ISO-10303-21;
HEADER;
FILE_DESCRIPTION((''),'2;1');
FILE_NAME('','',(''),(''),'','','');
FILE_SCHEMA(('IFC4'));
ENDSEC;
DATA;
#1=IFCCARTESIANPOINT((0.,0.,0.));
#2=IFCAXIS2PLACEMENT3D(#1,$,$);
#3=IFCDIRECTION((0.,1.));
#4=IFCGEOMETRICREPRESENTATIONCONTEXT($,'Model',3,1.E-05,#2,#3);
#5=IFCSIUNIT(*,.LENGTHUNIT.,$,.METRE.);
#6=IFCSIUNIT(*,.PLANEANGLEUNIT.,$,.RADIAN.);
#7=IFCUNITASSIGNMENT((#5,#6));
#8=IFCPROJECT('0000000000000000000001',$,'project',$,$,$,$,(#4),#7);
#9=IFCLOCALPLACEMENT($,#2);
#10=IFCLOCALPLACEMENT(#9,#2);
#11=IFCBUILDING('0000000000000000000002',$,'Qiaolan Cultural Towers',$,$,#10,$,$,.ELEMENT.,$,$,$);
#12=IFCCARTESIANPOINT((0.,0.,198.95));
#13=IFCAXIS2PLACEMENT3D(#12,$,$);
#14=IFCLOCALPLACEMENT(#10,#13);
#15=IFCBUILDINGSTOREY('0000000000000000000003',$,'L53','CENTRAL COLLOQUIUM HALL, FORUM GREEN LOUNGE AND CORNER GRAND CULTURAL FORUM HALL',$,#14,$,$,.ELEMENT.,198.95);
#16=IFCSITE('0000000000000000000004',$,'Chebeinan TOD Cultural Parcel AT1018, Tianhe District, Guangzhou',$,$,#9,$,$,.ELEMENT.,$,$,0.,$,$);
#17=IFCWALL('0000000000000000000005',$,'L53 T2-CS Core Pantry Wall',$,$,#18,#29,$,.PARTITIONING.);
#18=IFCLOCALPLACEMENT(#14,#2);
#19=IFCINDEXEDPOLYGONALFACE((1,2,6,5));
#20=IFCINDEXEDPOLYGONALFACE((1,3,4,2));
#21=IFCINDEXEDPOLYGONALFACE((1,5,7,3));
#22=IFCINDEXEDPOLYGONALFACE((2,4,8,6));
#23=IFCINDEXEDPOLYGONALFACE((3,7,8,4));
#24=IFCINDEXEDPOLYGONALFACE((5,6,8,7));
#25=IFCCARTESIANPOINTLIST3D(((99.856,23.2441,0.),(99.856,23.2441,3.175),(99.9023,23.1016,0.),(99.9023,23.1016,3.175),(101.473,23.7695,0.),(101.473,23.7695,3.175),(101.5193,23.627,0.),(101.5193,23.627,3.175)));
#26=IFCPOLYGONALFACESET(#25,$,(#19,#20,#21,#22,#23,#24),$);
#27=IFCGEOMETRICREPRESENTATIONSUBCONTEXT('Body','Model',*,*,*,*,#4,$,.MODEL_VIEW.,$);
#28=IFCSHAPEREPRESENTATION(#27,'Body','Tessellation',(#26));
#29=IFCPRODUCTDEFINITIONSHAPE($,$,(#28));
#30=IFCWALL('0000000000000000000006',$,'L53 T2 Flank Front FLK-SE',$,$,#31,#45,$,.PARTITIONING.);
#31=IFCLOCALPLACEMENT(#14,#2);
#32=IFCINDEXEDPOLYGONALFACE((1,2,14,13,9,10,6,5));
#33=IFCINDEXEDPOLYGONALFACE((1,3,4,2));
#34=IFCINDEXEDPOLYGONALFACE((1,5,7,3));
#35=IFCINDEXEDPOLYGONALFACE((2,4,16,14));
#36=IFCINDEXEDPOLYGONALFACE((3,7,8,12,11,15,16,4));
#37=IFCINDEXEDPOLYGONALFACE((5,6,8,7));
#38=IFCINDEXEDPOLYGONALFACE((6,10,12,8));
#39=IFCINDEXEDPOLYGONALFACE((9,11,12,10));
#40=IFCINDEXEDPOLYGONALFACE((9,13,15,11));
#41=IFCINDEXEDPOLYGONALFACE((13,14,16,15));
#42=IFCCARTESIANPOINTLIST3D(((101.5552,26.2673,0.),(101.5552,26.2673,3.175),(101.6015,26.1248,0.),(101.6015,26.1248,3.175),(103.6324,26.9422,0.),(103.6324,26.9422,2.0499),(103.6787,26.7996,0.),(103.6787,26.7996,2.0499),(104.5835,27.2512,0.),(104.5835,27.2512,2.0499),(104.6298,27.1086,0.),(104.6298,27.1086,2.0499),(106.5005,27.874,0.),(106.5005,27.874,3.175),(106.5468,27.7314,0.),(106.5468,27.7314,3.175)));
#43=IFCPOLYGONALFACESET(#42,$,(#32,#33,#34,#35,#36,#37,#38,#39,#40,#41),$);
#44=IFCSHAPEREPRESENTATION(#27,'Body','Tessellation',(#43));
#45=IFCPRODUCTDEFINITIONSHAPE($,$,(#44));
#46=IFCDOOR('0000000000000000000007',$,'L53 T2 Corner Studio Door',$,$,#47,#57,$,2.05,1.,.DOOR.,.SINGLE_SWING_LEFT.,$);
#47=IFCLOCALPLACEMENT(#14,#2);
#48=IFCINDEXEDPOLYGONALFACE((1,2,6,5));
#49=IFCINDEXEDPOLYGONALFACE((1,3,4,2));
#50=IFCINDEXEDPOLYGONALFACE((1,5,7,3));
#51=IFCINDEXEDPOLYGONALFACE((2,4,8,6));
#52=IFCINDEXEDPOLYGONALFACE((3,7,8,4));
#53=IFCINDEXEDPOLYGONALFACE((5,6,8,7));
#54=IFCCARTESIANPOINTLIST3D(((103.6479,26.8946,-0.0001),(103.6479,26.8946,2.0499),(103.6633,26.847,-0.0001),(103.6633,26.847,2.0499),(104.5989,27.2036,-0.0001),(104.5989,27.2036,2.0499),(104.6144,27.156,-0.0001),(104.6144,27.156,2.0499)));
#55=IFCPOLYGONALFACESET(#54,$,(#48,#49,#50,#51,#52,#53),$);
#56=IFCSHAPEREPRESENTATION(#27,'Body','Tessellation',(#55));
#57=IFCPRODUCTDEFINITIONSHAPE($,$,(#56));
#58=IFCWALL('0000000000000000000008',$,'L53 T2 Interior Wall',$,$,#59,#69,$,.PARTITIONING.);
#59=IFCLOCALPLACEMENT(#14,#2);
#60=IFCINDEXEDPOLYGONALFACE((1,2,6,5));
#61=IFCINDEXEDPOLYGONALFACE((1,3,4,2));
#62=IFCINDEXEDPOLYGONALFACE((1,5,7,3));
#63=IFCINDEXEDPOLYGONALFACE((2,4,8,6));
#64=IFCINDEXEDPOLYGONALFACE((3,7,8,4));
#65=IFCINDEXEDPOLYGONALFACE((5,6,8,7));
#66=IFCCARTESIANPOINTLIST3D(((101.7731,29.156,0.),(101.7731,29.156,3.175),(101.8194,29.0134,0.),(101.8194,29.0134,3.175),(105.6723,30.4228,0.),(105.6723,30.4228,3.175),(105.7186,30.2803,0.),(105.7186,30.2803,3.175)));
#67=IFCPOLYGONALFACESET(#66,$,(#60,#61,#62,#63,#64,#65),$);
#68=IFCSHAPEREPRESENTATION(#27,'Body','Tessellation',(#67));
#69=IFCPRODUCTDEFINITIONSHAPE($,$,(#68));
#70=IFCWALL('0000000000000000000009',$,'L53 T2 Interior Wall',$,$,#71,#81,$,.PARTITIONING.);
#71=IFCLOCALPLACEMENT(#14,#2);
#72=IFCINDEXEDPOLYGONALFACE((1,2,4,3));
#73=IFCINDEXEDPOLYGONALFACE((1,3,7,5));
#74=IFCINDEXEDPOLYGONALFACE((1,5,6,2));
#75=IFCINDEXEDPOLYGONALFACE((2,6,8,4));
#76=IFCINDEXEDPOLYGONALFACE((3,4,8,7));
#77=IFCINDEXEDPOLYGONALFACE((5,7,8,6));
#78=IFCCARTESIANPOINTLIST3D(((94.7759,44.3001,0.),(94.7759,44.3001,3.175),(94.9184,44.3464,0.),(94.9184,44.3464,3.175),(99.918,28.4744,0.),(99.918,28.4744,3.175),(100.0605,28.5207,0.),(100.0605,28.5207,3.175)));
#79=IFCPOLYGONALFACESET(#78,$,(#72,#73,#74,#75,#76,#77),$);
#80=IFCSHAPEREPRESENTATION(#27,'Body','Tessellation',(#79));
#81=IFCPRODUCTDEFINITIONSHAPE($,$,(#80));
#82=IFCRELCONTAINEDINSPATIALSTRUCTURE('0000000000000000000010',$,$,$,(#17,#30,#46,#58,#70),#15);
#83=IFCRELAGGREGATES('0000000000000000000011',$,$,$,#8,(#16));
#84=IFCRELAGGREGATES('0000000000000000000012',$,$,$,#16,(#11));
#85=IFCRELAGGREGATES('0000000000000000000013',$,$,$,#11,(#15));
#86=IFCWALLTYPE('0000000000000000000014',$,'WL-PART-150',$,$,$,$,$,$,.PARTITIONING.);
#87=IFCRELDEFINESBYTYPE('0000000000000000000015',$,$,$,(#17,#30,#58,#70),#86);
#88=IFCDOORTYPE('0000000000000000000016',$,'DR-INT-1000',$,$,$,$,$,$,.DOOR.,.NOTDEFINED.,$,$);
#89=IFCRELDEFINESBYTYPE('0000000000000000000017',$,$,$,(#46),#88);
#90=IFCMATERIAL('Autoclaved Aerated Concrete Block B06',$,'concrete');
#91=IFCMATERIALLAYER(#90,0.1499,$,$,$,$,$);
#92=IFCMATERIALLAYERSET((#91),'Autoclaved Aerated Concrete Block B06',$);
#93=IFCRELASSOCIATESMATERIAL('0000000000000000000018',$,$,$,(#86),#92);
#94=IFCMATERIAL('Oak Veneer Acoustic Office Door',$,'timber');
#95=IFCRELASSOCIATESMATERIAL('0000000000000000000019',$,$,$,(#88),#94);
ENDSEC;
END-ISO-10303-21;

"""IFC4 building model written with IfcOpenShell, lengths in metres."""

from ifc_helpers import new_model, si_unit, direction, frame, frame_2d, origin, place, context, subcontext, project, spatial, rectangle, extrude, material, layer, layer_set, type_object, element, fill, save


model = new_model("IFC4")

# Units and contexts
model_context = context("Model", 3, precision=1e-05, world=origin(), true_north=direction((0.0, 1.0)))
body_context = subcontext(model_context, "Body", "Model", "MODEL_VIEW")
ifc_project = project(units=[si_unit("LENGTHUNIT", "METRE"), si_unit("PLANEANGLEUNIT", "RADIAN")], contexts=[model_context])

# Site, building, storey
site_placement = place(None, origin())
site = spatial("IfcSite", under=ifc_project, at=site_placement, Name="Chebeinan TOD Cultural Parcel AT1018, Tianhe District, Guangzhou", CompositionType="ELEMENT", RefElevation=0.0)
building_placement = place(site_placement, origin())
building = spatial("IfcBuilding", under=site, at=building_placement, Name="Qiaolan Cultural Towers", CompositionType="ELEMENT")
storey_placement = place(building_placement, frame((0.0, 0.0, 198.95)))
storey = spatial("IfcBuildingStorey", under=building, at=storey_placement, Name="L53", Description="CENTRAL COLLOQUIUM HALL, FORUM GREEN LOUNGE AND CORNER GRAND CULTURAL FORUM HALL", CompositionType="ELEMENT", Elevation=198.95)

# Shared definitions
ifc_material_1 = material(Name="Autoclaved Aerated Concrete Block B06", Category="concrete")
ifc_layer_1 = layer(ifc_material_1, 0.1499)
ifc_layer_set_1 = layer_set([ifc_layer_1], Name="Autoclaved Aerated Concrete Block B06")
wall_type_1 = type_object("IfcWallType", Name="WL-PART-150", PredefinedType="PARTITIONING", material=ifc_layer_set_1)

# Wall
for number, where, z_axis, x_axis, name in (
    (1, (99.8792, 23.1729, 0.0), (0.0, 0.0, 1.0), (0.951054, 0.309024, 0.0), "L53 T2-CS Core Pantry Wall"),
):
    element("IfcWall", number, at=place(storey_placement, frame(where, z_axis=z_axis, x_axis=x_axis)), inside=storey, type_object=wall_type_1, Name=name, PredefinedType="PARTITIONING", context=body_context, shape_type="SweptSolid", body=[
        extrude(rectangle(XDim=1.7002, YDim=0.1499, at=frame_2d((0.8501, 0.0))), origin(), (0.0, 0.0, 1.0), 3.175),
    ])

# Wall, opening, door
wall_1_placement = place(storey_placement, frame((101.5784, 26.196, 0.0), z_axis=(0.0, 0.0, 1.0), x_axis=(0.951064, 0.308993, 0.0)))
wall_1 = element("IfcWall", 2, at=wall_1_placement, inside=storey, type_object=wall_type_1, Name="L53 T2 Flank Front FLK-SE", PredefinedType="PARTITIONING", context=body_context, shape_type="SweptSolid", body=[
    extrude(rectangle(XDim=5.1997, YDim=0.1499, at=frame_2d((2.5999, 0.0))), origin(), (0.0, 0.0, 1.0), 3.175),
])
opening_1_placement = place(wall_1_placement, frame((2.1841, 0.0, 0.0)))
opening_1 = element("IfcOpeningElement", 3, at=opening_1_placement, cuts=wall_1, PredefinedType="OPENING", context=body_context, shape_type="SweptSolid", body=[
    extrude(rectangle(XDim=1.0, YDim=2.05, at=frame_2d((0.5, 1.0249))), frame((0.0, 0.085, 0.0), z_axis=(0.0, -1.0, 0.0), x_axis=(1.0, 0.0, 0.0)), (0.0, 0.0, 1.0), 0.1699),
])
ifc_material_2 = material(Name="Oak Veneer Acoustic Office Door", Category="timber")
door_type_1 = type_object("IfcDoorType", Name="DR-INT-1000", OperationType="NOTDEFINED", PredefinedType="DOOR", material=ifc_material_2)
door_1_placement = place(opening_1_placement, origin())
door_1 = element("IfcDoor", 4, at=door_1_placement, inside=storey, type_object=door_type_1, Name="L53 T2 Corner Studio Door", OperationType="SINGLE_SWING_LEFT", OverallHeight=2.05, OverallWidth=1.0, PredefinedType="DOOR", context=body_context, shape_type="SweptSolid", body=[
    extrude(rectangle(XDim=1.0, YDim=2.05, at=frame_2d((0.5, 1.0249))), frame((0.0, 0.0249, 0.0), z_axis=(0.0, -1.0, 0.0), x_axis=(1.0, 0.0, 0.0)), (0.0, 0.0, 1.0), 0.05),
])
fill(opening_1, door_1)

# Walls
wall_2_placement = place(storey_placement, frame((101.7964, 29.0847, 0.0), z_axis=(0.0, 0.0, 1.0), x_axis=(0.951062, 0.309001, 0.0)))
element("IfcWall", 5, at=wall_2_placement, inside=storey, type_object=wall_type_1, Name="L53 T2 Interior Wall", PredefinedType="PARTITIONING", context=body_context, shape_type="SweptSolid", body=[
    extrude(rectangle(XDim=4.0999, YDim=0.1499, at=frame_2d((2.0498, 0.0))), origin(), (0.0, 0.0, 1.0), 3.175),
])
wall_3_placement = place(storey_placement, frame((99.9893, 28.4976, 0.0), z_axis=(0.0, 0.0, 1.0), x_axis=(-0.309018, 0.951056, 0.0)))
element("IfcWall", 6, at=wall_3_placement, inside=storey, type_object=wall_type_1, Name="L53 T2 Interior Wall", PredefinedType="PARTITIONING", context=body_context, shape_type="SweptSolid", body=[
    extrude(rectangle(XDim=16.6401, YDim=0.1499, at=frame_2d((8.3201, 0.0))), origin(), (0.0, 0.0, 1.0), 3.175),
])

save(model, "model.ifc")
